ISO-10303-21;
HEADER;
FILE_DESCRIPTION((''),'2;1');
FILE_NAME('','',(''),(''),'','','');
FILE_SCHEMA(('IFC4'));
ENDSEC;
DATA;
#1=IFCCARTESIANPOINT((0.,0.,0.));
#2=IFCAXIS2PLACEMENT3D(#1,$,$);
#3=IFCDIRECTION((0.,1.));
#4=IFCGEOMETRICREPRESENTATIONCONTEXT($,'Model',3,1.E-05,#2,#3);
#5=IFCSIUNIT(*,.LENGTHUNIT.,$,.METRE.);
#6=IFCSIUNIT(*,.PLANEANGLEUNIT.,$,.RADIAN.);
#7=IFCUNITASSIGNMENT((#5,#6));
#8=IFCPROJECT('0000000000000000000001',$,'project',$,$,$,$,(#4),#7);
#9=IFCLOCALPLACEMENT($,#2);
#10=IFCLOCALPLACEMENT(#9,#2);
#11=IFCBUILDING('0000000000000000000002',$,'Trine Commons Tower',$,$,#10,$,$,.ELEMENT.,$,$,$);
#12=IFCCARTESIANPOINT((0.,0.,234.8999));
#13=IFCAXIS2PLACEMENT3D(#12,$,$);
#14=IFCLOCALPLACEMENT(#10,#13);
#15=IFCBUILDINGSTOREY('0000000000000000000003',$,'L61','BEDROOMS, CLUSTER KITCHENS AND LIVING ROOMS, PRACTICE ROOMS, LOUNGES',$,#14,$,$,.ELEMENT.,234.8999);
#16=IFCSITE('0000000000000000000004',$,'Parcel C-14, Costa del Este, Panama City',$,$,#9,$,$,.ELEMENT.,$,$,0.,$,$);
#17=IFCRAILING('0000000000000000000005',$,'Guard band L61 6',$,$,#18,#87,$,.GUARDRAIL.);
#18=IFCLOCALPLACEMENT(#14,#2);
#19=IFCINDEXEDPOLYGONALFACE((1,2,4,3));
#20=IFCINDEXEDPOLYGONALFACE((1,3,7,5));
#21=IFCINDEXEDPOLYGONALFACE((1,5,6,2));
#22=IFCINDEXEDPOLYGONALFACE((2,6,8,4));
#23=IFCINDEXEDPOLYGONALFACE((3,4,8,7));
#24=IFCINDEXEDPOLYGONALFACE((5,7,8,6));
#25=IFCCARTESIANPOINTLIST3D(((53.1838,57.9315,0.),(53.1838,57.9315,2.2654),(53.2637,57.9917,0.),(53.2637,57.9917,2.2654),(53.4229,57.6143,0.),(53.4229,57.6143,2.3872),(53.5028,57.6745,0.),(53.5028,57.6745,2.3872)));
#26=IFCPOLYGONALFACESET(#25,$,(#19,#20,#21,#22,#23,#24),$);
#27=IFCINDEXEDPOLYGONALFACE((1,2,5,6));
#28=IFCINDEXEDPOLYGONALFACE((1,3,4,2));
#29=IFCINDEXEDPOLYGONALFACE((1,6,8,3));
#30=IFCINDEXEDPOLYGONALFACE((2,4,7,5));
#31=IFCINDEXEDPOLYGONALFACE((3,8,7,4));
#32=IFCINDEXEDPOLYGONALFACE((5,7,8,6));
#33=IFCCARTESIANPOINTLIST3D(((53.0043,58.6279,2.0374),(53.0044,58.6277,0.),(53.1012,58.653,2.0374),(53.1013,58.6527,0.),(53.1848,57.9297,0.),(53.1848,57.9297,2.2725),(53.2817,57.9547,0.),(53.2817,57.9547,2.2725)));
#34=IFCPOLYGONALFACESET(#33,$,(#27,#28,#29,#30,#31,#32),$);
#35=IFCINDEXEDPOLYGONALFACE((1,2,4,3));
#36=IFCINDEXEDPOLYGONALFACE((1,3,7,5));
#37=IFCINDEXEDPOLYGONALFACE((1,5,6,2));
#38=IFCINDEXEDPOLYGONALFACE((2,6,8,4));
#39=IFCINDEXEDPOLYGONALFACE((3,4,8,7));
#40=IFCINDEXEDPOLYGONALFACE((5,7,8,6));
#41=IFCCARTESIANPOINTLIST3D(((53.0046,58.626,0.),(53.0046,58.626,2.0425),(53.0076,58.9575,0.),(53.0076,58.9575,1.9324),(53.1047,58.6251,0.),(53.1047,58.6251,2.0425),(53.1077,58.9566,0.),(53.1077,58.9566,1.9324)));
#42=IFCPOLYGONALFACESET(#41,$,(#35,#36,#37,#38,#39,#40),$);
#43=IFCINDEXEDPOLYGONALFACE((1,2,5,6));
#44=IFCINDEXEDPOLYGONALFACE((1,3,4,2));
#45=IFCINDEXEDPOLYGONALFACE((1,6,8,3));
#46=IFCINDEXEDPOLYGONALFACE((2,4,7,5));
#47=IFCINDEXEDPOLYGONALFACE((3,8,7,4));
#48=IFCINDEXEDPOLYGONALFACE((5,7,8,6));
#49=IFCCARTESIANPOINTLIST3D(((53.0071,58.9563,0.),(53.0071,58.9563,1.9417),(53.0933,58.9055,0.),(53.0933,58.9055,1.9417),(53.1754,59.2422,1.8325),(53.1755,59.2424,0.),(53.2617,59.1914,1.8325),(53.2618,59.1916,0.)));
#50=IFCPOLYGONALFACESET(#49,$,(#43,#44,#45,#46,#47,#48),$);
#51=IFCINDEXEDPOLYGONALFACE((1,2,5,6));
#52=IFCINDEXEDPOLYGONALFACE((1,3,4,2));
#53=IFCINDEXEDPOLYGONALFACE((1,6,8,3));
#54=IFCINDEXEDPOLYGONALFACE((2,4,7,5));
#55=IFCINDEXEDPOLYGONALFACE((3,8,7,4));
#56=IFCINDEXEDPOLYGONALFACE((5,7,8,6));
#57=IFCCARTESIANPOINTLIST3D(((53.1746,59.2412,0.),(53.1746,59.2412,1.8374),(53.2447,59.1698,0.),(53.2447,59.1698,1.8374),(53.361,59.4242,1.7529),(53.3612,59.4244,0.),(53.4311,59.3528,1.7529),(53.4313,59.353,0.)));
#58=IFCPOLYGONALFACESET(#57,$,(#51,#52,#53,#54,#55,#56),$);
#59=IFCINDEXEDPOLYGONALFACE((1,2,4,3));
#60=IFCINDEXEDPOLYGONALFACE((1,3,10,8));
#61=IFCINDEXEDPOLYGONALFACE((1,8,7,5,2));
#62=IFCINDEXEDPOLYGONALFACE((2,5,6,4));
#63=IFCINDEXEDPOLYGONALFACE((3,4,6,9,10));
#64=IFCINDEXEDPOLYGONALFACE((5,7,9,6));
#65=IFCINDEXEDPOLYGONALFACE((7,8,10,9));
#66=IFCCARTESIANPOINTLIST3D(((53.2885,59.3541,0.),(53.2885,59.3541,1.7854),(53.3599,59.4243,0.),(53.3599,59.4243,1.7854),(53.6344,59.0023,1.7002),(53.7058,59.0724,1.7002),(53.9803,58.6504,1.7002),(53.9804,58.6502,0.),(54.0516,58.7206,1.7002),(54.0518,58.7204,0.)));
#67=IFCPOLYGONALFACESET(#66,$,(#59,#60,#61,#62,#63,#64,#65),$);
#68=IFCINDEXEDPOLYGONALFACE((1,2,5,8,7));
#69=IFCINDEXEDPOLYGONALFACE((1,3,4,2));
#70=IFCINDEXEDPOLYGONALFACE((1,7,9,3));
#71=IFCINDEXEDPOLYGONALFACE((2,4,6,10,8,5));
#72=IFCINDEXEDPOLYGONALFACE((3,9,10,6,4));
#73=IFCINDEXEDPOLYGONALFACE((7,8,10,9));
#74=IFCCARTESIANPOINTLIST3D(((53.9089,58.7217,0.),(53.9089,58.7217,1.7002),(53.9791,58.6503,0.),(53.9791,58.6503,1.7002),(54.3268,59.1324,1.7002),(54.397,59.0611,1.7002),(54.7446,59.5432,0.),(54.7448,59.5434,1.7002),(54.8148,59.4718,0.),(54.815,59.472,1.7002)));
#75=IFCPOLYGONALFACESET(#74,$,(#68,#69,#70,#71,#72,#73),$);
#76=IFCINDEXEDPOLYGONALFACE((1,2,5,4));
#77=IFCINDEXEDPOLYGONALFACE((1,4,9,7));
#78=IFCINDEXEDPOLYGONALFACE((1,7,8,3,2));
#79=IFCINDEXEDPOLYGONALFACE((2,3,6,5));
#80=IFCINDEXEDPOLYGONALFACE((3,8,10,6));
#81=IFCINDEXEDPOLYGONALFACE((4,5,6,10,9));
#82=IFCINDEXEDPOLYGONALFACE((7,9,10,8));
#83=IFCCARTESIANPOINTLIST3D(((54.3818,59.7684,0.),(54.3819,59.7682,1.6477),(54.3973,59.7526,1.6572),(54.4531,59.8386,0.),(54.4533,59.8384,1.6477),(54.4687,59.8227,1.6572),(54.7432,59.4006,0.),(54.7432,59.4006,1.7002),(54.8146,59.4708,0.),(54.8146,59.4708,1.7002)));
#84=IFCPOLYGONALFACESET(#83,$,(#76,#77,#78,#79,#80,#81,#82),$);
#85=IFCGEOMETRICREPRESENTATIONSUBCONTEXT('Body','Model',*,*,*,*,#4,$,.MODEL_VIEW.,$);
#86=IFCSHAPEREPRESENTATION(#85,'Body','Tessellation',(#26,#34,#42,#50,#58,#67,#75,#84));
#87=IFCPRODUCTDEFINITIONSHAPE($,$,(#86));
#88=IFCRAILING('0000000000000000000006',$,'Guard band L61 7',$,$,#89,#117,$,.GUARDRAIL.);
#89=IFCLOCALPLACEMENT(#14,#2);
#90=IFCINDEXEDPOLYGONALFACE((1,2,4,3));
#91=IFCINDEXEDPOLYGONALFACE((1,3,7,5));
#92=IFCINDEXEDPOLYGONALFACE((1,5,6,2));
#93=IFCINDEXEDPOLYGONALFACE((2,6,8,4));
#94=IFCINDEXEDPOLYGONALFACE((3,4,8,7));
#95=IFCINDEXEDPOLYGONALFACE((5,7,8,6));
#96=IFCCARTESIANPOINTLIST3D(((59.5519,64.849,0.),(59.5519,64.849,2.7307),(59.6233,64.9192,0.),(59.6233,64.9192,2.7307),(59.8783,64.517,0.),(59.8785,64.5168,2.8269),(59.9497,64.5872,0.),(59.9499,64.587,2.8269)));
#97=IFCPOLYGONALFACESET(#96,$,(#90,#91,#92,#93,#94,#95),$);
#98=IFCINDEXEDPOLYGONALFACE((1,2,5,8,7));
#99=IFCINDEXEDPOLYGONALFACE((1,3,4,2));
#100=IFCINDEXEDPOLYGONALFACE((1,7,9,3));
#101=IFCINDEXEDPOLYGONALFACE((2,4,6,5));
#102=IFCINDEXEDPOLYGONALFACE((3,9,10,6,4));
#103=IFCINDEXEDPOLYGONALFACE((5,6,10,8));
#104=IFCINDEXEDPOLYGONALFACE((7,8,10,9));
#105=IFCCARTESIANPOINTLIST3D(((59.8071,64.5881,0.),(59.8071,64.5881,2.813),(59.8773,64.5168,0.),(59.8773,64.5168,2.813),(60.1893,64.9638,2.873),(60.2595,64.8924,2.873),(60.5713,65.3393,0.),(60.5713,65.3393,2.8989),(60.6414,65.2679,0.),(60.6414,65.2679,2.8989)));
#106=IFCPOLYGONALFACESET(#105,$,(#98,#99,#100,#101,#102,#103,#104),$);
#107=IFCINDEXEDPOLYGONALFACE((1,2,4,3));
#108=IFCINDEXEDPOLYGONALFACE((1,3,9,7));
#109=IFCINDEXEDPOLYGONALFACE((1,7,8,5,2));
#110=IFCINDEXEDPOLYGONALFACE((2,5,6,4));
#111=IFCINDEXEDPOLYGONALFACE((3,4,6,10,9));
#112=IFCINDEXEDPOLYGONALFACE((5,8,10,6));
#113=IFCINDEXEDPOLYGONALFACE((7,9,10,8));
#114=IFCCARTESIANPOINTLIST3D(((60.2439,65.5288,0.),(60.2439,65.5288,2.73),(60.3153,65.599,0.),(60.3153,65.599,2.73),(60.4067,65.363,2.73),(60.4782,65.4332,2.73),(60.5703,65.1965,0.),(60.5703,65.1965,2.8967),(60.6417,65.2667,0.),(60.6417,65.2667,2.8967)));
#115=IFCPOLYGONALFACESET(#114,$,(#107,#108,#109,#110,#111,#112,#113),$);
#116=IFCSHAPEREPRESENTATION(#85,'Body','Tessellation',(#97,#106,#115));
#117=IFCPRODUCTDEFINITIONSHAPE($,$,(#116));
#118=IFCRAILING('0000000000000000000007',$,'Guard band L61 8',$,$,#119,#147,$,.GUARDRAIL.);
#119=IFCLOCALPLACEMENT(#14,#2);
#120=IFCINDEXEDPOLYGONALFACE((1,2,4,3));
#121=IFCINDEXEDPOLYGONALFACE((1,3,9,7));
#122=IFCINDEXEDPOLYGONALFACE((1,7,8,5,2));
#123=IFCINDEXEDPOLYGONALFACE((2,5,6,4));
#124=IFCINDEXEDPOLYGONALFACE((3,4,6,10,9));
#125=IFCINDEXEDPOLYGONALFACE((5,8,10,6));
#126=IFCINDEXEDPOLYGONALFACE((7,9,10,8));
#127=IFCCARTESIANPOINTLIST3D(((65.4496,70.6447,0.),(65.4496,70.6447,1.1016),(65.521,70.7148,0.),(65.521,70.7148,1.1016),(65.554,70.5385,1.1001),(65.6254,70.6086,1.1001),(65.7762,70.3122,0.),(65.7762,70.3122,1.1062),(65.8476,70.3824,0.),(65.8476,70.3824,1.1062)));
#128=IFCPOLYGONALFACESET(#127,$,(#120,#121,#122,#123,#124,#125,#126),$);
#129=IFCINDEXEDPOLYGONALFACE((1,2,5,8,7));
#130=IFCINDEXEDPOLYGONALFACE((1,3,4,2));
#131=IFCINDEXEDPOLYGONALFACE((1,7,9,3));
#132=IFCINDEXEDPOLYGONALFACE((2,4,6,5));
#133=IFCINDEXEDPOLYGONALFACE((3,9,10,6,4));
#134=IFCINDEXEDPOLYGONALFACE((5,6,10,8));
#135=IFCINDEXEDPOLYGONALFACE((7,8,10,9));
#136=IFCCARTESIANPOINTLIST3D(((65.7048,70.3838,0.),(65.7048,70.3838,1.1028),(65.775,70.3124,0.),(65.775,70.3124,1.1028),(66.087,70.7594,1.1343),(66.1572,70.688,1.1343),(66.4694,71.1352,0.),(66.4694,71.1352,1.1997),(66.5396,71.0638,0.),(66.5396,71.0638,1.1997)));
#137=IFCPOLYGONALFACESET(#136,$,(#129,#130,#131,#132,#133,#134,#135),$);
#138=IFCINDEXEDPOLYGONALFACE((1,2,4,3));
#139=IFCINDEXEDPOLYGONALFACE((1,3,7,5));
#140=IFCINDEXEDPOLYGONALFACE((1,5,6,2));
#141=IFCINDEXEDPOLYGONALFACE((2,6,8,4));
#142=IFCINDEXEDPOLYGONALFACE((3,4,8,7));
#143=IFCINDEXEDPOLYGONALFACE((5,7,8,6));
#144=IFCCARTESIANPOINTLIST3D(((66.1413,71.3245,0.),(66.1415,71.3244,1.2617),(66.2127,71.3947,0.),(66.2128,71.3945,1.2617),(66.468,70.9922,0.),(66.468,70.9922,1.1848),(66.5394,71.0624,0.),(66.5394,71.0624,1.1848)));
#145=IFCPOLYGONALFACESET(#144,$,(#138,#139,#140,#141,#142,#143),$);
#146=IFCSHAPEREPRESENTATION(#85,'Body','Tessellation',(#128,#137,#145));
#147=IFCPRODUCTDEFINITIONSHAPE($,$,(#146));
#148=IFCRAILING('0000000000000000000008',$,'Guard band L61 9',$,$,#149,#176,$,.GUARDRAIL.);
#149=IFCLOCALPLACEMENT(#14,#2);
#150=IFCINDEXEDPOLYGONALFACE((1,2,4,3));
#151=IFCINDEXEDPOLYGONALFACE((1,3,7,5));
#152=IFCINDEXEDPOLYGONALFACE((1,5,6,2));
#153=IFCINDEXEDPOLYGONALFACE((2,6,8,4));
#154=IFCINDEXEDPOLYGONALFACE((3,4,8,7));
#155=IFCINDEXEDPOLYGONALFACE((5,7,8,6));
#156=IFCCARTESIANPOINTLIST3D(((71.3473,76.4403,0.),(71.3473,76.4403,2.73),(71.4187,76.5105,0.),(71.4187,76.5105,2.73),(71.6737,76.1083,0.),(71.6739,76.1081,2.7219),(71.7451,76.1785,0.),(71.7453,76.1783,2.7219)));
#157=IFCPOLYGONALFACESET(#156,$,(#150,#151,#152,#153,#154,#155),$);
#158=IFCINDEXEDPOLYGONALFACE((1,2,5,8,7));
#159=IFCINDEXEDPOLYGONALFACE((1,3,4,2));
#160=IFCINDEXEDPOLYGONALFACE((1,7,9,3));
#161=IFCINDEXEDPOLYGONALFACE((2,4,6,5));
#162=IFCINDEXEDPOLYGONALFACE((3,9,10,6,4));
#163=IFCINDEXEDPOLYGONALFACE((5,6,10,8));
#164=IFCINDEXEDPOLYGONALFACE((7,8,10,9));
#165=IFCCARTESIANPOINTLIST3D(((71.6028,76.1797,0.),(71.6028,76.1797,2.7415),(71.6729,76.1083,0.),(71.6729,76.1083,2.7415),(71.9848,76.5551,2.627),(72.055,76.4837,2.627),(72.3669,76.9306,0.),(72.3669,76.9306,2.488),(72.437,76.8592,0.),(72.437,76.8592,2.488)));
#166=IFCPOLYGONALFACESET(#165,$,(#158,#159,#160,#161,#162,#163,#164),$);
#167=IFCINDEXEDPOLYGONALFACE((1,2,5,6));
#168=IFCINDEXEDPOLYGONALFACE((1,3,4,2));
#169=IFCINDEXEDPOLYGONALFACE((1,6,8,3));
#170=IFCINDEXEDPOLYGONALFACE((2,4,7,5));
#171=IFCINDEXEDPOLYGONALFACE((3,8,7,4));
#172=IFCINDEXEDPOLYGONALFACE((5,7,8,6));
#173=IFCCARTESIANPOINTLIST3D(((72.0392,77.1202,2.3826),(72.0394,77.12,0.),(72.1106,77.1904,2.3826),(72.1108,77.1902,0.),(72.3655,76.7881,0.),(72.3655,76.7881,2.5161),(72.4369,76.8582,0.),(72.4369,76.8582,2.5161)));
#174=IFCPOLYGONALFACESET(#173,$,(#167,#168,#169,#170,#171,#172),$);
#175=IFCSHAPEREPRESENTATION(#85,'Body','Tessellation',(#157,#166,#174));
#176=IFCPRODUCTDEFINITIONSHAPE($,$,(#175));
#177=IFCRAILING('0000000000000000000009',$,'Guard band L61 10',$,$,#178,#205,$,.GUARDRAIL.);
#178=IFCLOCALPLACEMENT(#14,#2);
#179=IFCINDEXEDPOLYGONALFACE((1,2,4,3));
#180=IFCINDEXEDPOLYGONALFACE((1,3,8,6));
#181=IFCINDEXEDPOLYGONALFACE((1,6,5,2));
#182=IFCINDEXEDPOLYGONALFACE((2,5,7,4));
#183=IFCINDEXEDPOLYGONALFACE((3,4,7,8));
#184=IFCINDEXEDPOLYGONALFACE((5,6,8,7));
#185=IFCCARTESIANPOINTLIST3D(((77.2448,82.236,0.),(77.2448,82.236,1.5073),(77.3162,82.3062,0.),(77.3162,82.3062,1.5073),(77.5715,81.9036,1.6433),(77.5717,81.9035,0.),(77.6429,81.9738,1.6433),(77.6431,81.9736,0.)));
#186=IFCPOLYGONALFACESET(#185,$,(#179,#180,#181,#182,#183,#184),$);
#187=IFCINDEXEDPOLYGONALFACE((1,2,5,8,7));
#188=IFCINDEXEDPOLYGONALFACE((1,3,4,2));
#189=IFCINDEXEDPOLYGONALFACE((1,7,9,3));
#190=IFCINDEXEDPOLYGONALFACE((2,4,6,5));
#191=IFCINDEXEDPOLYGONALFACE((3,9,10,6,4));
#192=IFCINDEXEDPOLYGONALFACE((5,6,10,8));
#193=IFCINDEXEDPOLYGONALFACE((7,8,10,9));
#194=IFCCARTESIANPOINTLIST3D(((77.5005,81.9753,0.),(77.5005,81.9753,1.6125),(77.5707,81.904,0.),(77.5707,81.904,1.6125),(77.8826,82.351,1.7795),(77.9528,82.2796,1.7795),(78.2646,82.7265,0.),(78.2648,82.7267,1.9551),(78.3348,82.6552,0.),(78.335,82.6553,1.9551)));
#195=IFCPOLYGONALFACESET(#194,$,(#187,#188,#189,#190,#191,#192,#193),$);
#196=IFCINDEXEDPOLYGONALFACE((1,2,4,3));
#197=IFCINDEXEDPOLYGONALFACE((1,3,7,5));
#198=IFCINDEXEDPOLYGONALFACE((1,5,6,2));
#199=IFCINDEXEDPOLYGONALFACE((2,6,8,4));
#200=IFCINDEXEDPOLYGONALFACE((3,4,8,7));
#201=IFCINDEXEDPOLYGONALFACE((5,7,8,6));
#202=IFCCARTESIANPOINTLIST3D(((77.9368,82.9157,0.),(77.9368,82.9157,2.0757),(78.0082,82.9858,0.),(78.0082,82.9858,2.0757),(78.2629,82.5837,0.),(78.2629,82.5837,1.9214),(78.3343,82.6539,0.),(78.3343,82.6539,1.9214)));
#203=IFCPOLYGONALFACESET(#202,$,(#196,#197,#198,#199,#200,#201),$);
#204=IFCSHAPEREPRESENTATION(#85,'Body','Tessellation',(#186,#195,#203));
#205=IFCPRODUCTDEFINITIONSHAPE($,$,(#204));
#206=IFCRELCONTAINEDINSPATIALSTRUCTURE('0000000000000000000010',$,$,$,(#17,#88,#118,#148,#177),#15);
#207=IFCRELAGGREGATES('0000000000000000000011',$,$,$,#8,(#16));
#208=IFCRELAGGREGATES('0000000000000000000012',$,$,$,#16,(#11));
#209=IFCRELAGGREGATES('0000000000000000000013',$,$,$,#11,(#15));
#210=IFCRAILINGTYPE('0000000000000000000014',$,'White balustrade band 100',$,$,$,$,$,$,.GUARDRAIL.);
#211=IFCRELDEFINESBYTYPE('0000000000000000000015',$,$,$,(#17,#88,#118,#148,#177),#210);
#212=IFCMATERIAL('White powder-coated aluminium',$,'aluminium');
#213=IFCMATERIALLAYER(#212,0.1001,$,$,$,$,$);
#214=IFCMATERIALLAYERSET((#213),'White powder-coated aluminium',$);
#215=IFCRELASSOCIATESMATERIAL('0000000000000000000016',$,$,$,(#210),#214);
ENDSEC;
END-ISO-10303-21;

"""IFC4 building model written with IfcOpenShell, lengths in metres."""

from ifc_helpers import new_model, si_unit, direction, frame, origin, place, context, subcontext, project, spatial, polyline, outline, extrude, material, layer, layer_set, type_object, element, save


model = new_model("IFC4")

# Units and contexts
model_context = context("Model", 3, precision=1e-05, world=origin(), true_north=direction((0.0, 1.0)))
body_context = subcontext(model_context, "Body", "Model", "MODEL_VIEW")
ifc_project = project(units=[si_unit("LENGTHUNIT", "METRE"), si_unit("PLANEANGLEUNIT", "RADIAN")], contexts=[model_context])

# Site, building, storey
site_placement = place(None, origin())
site = spatial("IfcSite", under=ifc_project, at=site_placement, Name="Parcel C-14, Costa del Este, Panama City", CompositionType="ELEMENT", RefElevation=0.0)
building_placement = place(site_placement, origin())
building = spatial("IfcBuilding", under=site, at=building_placement, Name="Trine Commons Tower", CompositionType="ELEMENT")
storey_placement = place(building_placement, frame((0.0, 0.0, 234.8999)))
storey = spatial("IfcBuildingStorey", under=building, at=storey_placement, Name="L61", Description="BEDROOMS, CLUSTER KITCHENS AND LIVING ROOMS, PRACTICE ROOMS, LOUNGES", CompositionType="ELEMENT", Elevation=234.8999)

# Railings
ifc_material_1 = material(Name="White powder-coated aluminium", Category="aluminium")
ifc_layer_1 = layer(ifc_material_1, 0.1001)
ifc_layer_set_1 = layer_set([ifc_layer_1], Name="White powder-coated aluminium")
railing_type = type_object("IfcRailingType", Name="White balustrade band 100", PredefinedType="GUARDRAIL", material=ifc_layer_set_1)
railing_1_placement = place(storey_placement, origin())
element("IfcRailing", 1, at=railing_1_placement, inside=storey, type_object=railing_type, Name="Guard band L61 6", PredefinedType="GUARDRAIL", context=body_context, shape_type="SweptSolid", body=[
    extrude(outline(polyline([(0.0, 0.0), (0.3972, 0.0), (0.3972, 2.2654), (0.0, 2.3872), (0.0, 0.0)])), frame((53.4229, 57.6143, 0.0), z_axis=(0.798596, 0.601867, 0.0), x_axis=(-0.601867, 0.798596, 0.0)), (0.0, 0.0, 1.0), 0.1001),
    extrude(outline(polyline([(0.0, 0.0), (0.7209, 0.0), (0.7212, 2.0374), (0.0, 2.2725), (0.0, 0.0)])), frame((53.1848, 57.9297, 0.0), z_axis=(0.968179, 0.250257, 0.0), x_axis=(-0.250257, 0.968179, 0.0)), (0.0, 0.0, 1.0), 0.1001),
    extrude(outline(polyline([(0.0, 0.0), (0.3315, 0.0), (0.3315, 1.9324), (0.0, 2.0425), (0.0, 0.0)])), frame((53.0046, 58.626, 0.0), z_axis=(0.999961, -0.008836, 0.0), x_axis=(0.008836, 0.999961, 0.0)), (0.0, 0.0, 1.0), 0.1001),
    extrude(outline(polyline([(0.0, 0.0), (0.332, 0.0), (0.3318, 1.8325), (0.0, 1.9417), (0.0, 0.0)])), frame((53.0071, 58.9563, 0.0), z_axis=(0.861745, -0.507341, 0.0), x_axis=(0.507341, 0.861745, 0.0)), (0.0, 0.0, 1.0), 0.1001),
    extrude(outline(polyline([(0.0, 0.0), (0.2615, 0.0), (0.2612, 1.7529), (0.0, 1.8374), (0.0, 0.0)])), frame((53.1746, 59.2412, 0.0), z_axis=(0.700538, -0.713615, 0.0), x_axis=(0.713615, 0.700538, 0.0)), (0.0, 0.0, 1.0), 0.1001),
    extrude(outline(polyline([(0.0, 0.0), (0.9871, 0.0), (0.9868, 1.7002), (0.4934, 1.7002), (0.0, 1.7854), (0.0, 0.0)])), frame((53.3599, 59.4243, 0.0), z_axis=(-0.713141, -0.70102, 0.0), x_axis=(0.70102, -0.713141, 0.0)), (0.0, 0.0, 1.0), 0.1001),
    extrude(outline(polyline([(0.0, 0.0), (1.1719, 0.0), (1.1721, 1.7002), (0.5859, 1.7002), (0.0, 1.7002), (0.0, 0.0)])), frame((53.9089, 58.7217, 0.0), z_axis=(0.701039, -0.713123, 0.0), x_axis=(0.713123, 0.701039, 0.0)), (0.0, 0.0, 1.0), 0.1001),
    extrude(outline(polyline([(0.0, 0.0), (0.5156, 0.0), (0.5154, 1.6477), (0.4934, 1.6572), (0.0, 1.7002), (0.0, 0.0)])), frame((54.7432, 59.4006, 0.0), z_axis=(0.713237, 0.700923, 0.0), x_axis=(-0.700923, 0.713237, 0.0)), (0.0, 0.0, 1.0), 0.1001),
])
railing_2_placement = place(storey_placement, origin())
element("IfcRailing", 2, at=railing_2_placement, inside=storey, type_object=railing_type, Name="Guard band L61 7", PredefinedType="GUARDRAIL", context=body_context, shape_type="SweptSolid", body=[
    extrude(outline(polyline([(0.0, 0.0), (0.4656, 0.0), (0.4658, 2.8269), (0.0, 2.7307), (0.0, 0.0)])), frame((59.6233, 64.9192, 0.0), z_axis=(-0.713111, -0.701051, 0.0), x_axis=(0.701051, -0.713111, 0.0)), (0.0, 0.0, 1.0), 0.1001),
    extrude(outline(polyline([(0.0, 0.0), (1.0715, 0.0), (1.0715, 2.8989), (0.5359, 2.873), (0.0, 2.813), (0.0, 0.0)])), frame((59.8071, 64.5881, 0.0), z_axis=(0.701043, -0.713119, 0.0), x_axis=(0.713119, 0.701043, 0.0)), (0.0, 0.0, 1.0), 0.1001),
    extrude(outline(polyline([(0.0, 0.0), (0.4658, 0.0), (0.4658, 2.73), (0.2334, 2.73), (0.0, 2.8967), (0.0, 0.0)])), frame((60.5703, 65.1965, 0.0), z_axis=(0.713369, 0.700789, 0.0), x_axis=(-0.700789, 0.713369, 0.0)), (0.0, 0.0, 1.0), 0.1001),
])
railing_3_placement = place(storey_placement, origin())
element("IfcRailing", 3, at=railing_3_placement, inside=storey, type_object=railing_type, Name="Guard band L61 8", PredefinedType="GUARDRAIL", context=body_context, shape_type="SweptSolid", body=[
    extrude(outline(polyline([(0.0, 0.0), (0.4661, 0.0), (0.4661, 1.1062), (0.1489, 1.1001), (0.0, 1.1016), (0.0, 0.0)])), frame((65.521, 70.7148, 0.0), z_axis=(-0.713364, -0.700794, 0.0), x_axis=(0.700794, -0.713364, 0.0)), (0.0, 0.0, 1.0), 0.1001),
    extrude(outline(polyline([(0.0, 0.0), (1.072, 0.0), (1.072, 1.1997), (0.5359, 1.1343), (0.0, 1.1028), (0.0, 0.0)])), frame((65.7048, 70.3838, 0.0), z_axis=(0.700932, -0.713229, 0.0), x_axis=(0.713229, 0.700932, 0.0)), (0.0, 0.0, 1.0), 0.1001),
    extrude(outline(polyline([(0.0, 0.0), (0.4661, 0.0), (0.4658, 1.2617), (0.0, 1.1848), (0.0, 0.0)])), frame((66.468, 70.9922, 0.0), z_axis=(0.713107, 0.701056, 0.0), x_axis=(-0.701056, 0.713107, 0.0)), (0.0, 0.0, 1.0), 0.1001),
])
railing_4_placement = place(storey_placement, origin())
element("IfcRailing", 4, at=railing_4_placement, inside=storey, type_object=railing_type, Name="Guard band L61 9", PredefinedType="GUARDRAIL", context=body_context, shape_type="SweptSolid", body=[
    extrude(outline(polyline([(0.0, 0.0), (0.4656, 0.0), (0.4658, 2.7219), (0.0, 2.73), (0.0, 0.0)])), frame((71.4187, 76.5105, 0.0), z_axis=(-0.713111, -0.701051, 0.0), x_axis=(0.701051, -0.713111, 0.0)), (0.0, 0.0, 1.0), 0.1001),
    extrude(outline(polyline([(0.0, 0.0), (1.0713, 0.0), (1.0713, 2.488), (0.5356, 2.627), (0.0, 2.7415), (0.0, 0.0)])), frame((71.6028, 76.1797, 0.0), z_axis=(0.700928, -0.713232, 0.0), x_axis=(0.713232, 0.700928, 0.0)), (0.0, 0.0, 1.0), 0.1001),
    extrude(outline(polyline([(0.0, 0.0), (0.4653, 0.0), (0.4656, 2.3826), (0.0, 2.5161), (0.0, 0.0)])), frame((72.3655, 76.7881, 0.0), z_axis=(0.713373, 0.700784, 0.0), x_axis=(-0.700784, 0.713373, 0.0)), (0.0, 0.0, 1.0), 0.1001),
])
railing_5_placement = place(storey_placement, origin())
element("IfcRailing", 5, at=railing_5_placement, inside=storey, type_object=railing_type, Name="Guard band L61 10", PredefinedType="GUARDRAIL", context=body_context, shape_type="SweptSolid", body=[
    extrude(outline(polyline([(0.0, 0.0), (0.4663, 0.0), (0.4661, 1.6433), (0.0, 1.5073), (0.0, 0.0)])), frame((77.3162, 82.3062, 0.0), z_axis=(-0.713102, -0.70106, 0.0), x_axis=(0.70106, -0.713102, 0.0)), (0.0, 0.0, 1.0), 0.1001),
    extrude(outline(polyline([(0.0, 0.0), (1.0715, 0.0), (1.0718, 1.9551), (0.5359, 1.7795), (0.0, 1.6125), (0.0, 0.0)])), frame((77.5005, 81.9753, 0.0), z_axis=(0.701043, -0.713119, 0.0), x_axis=(0.713119, 0.701043, 0.0)), (0.0, 0.0, 1.0), 0.1001),
    extrude(outline(polyline([(0.0, 0.0), (0.4653, 0.0), (0.4653, 2.0757), (0.0, 1.9214), (0.0, 0.0)])), frame((78.2629, 82.5837, 0.0), z_axis=(0.713373, 0.700784, 0.0), x_axis=(-0.700784, 0.713373, 0.0)), (0.0, 0.0, 1.0), 0.1001),
])

save(model, "model.ifc")
